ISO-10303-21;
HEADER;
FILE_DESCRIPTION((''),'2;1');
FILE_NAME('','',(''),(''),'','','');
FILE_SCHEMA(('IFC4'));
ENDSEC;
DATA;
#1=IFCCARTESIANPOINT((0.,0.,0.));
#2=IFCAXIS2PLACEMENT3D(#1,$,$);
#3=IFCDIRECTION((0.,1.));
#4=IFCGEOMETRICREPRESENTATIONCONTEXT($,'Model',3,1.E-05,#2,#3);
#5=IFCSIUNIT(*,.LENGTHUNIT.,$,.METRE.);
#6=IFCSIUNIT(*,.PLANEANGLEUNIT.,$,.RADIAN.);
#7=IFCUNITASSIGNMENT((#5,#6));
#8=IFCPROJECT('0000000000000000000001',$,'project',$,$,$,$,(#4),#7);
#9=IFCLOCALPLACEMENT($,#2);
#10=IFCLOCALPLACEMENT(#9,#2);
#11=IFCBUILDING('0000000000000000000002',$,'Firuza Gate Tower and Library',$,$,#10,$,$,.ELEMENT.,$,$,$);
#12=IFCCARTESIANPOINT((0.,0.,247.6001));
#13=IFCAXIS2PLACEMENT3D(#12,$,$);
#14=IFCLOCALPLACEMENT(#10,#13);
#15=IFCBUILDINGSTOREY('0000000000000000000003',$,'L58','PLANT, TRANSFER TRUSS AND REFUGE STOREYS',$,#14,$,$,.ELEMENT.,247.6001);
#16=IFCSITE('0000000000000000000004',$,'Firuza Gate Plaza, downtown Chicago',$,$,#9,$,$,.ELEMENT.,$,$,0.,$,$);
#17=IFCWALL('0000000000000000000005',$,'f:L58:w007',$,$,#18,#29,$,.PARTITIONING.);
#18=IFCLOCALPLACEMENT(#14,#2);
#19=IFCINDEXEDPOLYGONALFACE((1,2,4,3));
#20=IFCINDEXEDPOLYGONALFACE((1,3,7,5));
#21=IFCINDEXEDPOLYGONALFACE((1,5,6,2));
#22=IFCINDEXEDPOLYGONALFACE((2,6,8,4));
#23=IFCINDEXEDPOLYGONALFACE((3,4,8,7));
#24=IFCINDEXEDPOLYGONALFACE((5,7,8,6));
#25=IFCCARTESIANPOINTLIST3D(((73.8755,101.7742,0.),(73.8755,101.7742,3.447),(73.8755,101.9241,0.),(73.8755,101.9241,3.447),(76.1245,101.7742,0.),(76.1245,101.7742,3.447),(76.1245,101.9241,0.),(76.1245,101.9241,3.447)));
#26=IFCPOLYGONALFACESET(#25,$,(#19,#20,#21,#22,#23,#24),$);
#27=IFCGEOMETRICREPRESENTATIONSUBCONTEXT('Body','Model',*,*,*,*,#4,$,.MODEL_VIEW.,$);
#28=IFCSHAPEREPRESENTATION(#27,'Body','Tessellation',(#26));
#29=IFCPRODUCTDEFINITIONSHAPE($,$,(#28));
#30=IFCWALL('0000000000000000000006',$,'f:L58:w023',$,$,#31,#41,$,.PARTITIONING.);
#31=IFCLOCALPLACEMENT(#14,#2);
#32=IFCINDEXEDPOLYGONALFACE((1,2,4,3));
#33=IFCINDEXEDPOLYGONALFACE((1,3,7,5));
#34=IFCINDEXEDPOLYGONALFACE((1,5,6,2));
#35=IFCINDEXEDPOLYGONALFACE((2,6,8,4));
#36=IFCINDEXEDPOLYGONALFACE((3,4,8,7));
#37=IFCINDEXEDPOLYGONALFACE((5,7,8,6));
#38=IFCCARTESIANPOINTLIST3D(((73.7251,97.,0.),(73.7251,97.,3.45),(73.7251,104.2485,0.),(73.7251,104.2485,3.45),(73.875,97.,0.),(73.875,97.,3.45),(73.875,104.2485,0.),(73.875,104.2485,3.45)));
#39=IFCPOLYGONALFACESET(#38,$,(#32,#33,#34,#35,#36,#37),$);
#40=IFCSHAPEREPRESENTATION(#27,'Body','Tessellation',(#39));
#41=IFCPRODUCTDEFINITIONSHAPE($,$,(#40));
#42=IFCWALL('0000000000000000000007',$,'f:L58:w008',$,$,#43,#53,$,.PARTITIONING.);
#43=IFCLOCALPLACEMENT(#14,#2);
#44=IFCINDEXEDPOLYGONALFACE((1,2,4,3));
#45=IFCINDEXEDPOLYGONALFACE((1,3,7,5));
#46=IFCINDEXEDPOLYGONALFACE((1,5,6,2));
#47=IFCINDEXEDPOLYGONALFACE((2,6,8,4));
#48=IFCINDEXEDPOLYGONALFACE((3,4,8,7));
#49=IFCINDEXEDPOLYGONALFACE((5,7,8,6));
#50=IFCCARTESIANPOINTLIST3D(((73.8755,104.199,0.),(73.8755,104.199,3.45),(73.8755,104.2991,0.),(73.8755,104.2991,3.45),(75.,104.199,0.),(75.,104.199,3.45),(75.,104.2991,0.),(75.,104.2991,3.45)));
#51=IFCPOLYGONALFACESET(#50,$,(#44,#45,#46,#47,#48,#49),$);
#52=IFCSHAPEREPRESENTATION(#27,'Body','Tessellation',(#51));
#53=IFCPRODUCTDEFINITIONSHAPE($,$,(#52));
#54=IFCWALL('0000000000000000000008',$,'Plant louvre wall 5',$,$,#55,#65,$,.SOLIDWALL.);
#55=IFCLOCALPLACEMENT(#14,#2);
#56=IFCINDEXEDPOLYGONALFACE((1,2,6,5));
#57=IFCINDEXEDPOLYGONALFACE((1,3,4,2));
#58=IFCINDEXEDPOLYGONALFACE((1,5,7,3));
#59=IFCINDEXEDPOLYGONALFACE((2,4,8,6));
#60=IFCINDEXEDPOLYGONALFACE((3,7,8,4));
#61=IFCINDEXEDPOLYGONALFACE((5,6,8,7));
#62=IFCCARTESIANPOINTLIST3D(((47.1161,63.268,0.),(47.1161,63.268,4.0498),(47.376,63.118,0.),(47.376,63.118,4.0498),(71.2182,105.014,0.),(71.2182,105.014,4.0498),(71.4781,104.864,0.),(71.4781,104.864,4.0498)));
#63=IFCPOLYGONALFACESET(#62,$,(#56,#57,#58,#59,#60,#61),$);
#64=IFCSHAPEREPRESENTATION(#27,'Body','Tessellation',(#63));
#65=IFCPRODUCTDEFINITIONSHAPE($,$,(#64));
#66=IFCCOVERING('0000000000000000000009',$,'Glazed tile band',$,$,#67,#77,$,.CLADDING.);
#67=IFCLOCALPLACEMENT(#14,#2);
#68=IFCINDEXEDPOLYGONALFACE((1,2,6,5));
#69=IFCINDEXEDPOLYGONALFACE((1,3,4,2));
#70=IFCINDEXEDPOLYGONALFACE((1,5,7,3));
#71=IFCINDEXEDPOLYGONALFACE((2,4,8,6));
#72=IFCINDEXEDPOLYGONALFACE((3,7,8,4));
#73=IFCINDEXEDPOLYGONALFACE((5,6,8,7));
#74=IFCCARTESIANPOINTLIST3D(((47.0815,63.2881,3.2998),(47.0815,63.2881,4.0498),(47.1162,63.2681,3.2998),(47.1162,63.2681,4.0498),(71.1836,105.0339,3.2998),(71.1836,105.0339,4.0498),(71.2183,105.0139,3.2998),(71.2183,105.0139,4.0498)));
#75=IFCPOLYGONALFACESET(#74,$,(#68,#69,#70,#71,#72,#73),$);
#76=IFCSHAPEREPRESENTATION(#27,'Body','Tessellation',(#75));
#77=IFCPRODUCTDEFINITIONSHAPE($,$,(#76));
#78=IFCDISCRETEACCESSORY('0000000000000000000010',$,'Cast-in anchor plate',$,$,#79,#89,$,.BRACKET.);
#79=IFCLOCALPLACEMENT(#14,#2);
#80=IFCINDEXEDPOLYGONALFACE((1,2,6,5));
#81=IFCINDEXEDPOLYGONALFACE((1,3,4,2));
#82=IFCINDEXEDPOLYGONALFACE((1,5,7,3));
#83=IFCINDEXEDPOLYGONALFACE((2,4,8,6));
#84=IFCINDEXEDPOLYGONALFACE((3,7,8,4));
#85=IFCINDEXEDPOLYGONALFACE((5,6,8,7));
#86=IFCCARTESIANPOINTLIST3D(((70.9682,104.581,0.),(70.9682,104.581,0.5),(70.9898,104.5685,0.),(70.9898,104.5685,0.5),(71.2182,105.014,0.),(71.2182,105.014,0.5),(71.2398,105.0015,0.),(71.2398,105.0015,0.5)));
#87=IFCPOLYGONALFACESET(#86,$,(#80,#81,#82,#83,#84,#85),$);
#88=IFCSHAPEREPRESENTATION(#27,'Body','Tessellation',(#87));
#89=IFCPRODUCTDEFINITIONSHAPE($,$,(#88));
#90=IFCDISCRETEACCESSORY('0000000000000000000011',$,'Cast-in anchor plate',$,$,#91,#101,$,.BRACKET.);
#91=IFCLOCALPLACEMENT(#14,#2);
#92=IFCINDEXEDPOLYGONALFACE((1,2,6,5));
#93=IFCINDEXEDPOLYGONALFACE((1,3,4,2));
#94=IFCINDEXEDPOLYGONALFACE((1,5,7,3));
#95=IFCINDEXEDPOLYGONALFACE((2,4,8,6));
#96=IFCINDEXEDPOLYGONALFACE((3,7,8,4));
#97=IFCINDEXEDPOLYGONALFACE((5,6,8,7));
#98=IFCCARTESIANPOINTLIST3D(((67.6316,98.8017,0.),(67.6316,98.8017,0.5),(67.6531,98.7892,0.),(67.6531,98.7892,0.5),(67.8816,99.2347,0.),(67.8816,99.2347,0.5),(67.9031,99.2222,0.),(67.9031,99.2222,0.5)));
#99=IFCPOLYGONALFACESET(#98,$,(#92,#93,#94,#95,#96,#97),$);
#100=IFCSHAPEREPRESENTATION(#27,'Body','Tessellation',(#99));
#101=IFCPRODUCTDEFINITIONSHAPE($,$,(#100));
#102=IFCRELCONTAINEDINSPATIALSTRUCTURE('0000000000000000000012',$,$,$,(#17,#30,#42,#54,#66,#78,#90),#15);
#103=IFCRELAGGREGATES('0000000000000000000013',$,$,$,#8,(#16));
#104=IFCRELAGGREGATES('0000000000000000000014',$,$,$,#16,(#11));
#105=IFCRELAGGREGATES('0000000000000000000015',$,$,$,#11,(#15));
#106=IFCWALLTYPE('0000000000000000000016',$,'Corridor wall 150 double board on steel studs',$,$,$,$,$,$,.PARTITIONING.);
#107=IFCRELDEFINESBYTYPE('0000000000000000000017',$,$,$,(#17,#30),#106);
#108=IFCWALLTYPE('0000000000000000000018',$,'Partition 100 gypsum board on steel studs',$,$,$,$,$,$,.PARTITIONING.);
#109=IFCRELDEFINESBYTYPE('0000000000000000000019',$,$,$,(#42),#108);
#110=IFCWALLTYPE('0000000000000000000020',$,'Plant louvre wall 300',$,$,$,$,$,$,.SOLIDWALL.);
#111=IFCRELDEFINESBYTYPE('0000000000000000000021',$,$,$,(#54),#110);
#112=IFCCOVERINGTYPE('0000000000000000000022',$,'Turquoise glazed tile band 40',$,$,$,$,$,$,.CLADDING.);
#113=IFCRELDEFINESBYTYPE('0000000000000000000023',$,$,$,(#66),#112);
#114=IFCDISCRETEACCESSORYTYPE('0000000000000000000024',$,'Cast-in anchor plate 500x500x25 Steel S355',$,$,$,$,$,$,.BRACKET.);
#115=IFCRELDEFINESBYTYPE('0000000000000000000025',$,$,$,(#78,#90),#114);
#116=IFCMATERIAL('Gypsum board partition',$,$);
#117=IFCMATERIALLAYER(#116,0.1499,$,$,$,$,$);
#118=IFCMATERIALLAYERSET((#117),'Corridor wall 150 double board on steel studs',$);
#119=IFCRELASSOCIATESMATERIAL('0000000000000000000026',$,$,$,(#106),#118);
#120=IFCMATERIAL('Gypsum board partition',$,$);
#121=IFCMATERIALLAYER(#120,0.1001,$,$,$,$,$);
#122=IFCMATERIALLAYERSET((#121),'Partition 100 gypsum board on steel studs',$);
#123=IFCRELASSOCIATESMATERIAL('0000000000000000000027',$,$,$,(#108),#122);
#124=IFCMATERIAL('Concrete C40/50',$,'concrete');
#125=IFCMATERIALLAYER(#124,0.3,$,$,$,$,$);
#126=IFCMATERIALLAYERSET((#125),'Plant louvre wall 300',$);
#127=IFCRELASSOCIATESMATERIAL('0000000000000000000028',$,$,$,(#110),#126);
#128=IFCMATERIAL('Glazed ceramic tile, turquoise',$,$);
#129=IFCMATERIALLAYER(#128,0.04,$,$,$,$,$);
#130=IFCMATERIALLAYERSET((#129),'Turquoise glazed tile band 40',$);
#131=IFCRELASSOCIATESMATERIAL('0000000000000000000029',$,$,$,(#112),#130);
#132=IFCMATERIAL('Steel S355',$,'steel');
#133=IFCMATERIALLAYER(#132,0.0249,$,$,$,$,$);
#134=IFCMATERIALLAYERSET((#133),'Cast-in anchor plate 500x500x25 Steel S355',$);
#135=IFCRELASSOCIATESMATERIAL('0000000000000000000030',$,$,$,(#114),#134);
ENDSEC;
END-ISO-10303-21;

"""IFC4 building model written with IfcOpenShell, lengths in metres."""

from ifc_helpers import new_model, si_unit, direction, frame, frame_2d, origin, origin_2d, place, context, subcontext, project, spatial, polyline, rectangle, outline, extrude, material, layer, layer_set, type_object, element, save


model = new_model("IFC4")

# Units and contexts
model_context = context("Model", 3, precision=1e-05, world=origin(), true_north=direction((0.0, 1.0)))
body_context = subcontext(model_context, "Body", "Model", "MODEL_VIEW")
ifc_project = project(units=[si_unit("LENGTHUNIT", "METRE"), si_unit("PLANEANGLEUNIT", "RADIAN")], contexts=[model_context])

# Site, building, storey
site_placement = place(None, origin())
site = spatial("IfcSite", under=ifc_project, at=site_placement, Name="Firuza Gate Plaza, downtown Chicago", CompositionType="ELEMENT", RefElevation=0.0)
building_placement = place(site_placement, origin())
building = spatial("IfcBuilding", under=site, at=building_placement, Name="Firuza Gate Tower and Library", CompositionType="ELEMENT")
storey_placement = place(building_placement, frame((0.0, 0.0, 247.6001)))
storey = spatial("IfcBuildingStorey", under=building, at=storey_placement, Name="L58", Description="PLANT, TRANSFER TRUSS AND REFUGE STOREYS", CompositionType="ELEMENT", Elevation=247.6001)

# Shared definitions
ifc_material_1 = material(Name="Gypsum board partition")
ifc_layer_1 = layer(ifc_material_1, 0.1499)
ifc_layer_set_1 = layer_set([ifc_layer_1], Name="Corridor wall 150 double board on steel studs")
wall_type_1 = type_object("IfcWallType", Name="Corridor wall 150 double board on steel studs", PredefinedType="PARTITIONING", material=ifc_layer_set_1)

# Walls
wall_1_placement = place(storey_placement, frame((73.8755, 101.8491, 0.0), z_axis=(0.0, 0.0, 1.0), x_axis=(1.0, 0.0, 0.0)))
element("IfcWall", 1, at=wall_1_placement, inside=storey, type_object=wall_type_1, Name="f:L58:w007", PredefinedType="PARTITIONING", context=body_context, shape_type="SweptSolid", body=[
    extrude(rectangle(XDim=2.249, YDim=0.1499, at=frame_2d((1.1245, 0.0))), origin(), (0.0, 0.0, 1.0), 3.447),
])
wall_2_placement = place(storey_placement, frame((73.8, 97.0, 0.0), z_axis=(0.0, 0.0, 1.0), x_axis=(0.0, 1.0, 0.0)))
element("IfcWall", 2, at=wall_2_placement, inside=storey, type_object=wall_type_1, Name="f:L58:w023", PredefinedType="PARTITIONING", context=body_context, shape_type="SweptSolid", body=[
    extrude(rectangle(XDim=7.2485, YDim=0.1499, at=frame_2d((3.6243, 0.0))), origin(), (0.0, 0.0, 1.0), 3.45),
])
ifc_material_2 = material(Name="Gypsum board partition")
ifc_layer_2 = layer(ifc_material_2, 0.1001)
ifc_layer_set_2 = layer_set([ifc_layer_2], Name="Partition 100 gypsum board on steel studs")
wall_type_2 = type_object("IfcWallType", Name="Partition 100 gypsum board on steel studs", PredefinedType="PARTITIONING", material=ifc_layer_set_2)
wall_3_placement = place(storey_placement, frame((73.8755, 104.249, 0.0), z_axis=(0.0, 0.0, 1.0), x_axis=(1.0, 0.0, 0.0)))
element("IfcWall", 3, at=wall_3_placement, inside=storey, type_object=wall_type_2, Name="f:L58:w008", PredefinedType="PARTITIONING", context=body_context, shape_type="SweptSolid", body=[
    extrude(rectangle(XDim=1.1245, YDim=0.1001, at=frame_2d((0.5623, 0.0))), origin(), (0.0, 0.0, 1.0), 3.45),
])
ifc_material_3 = material(Name="Concrete C40/50", Category="concrete")
ifc_layer_3 = layer(ifc_material_3, 0.3)
ifc_layer_set_3 = layer_set([ifc_layer_3], Name="Plant louvre wall 300")
wall_type_3 = type_object("IfcWallType", Name="Plant louvre wall 300", PredefinedType="SOLIDWALL", material=ifc_layer_set_3)
wall_4_placement = place(storey_placement, frame((71.3481, 104.939, 0.0), z_axis=(0.0, 0.0, 1.0), x_axis=(-0.500001, -0.866025, 0.0)))
element("IfcWall", 4, at=wall_4_placement, inside=storey, type_object=wall_type_3, Name="Plant louvre wall 5", PredefinedType="SOLIDWALL", context=body_context, shape_type="SweptSolid", body=[
    extrude(rectangle(XDim=48.2041, YDim=0.3, at=frame_2d((24.1021, 0.0))), origin(), (0.0, 0.0, 1.0), 4.0498),
])

# Covering
ifc_material_4 = material(Name="Glazed ceramic tile, turquoise")
ifc_layer_4 = layer(ifc_material_4, 0.04)
ifc_layer_set_4 = layer_set([ifc_layer_4], Name="Turquoise glazed tile band 40")
covering_type = type_object("IfcCoveringType", Name="Turquoise glazed tile band 40", PredefinedType="CLADDING", material=ifc_layer_set_4)
covering_placement = place(storey_placement, frame((71.1836, 105.0339, 3.2998), z_axis=(-0.866025, 0.500001, 0.0), x_axis=(-0.500001, -0.866025, 0.0)))
element("IfcCovering", 5, at=covering_placement, inside=storey, type_object=covering_type, Name="Glazed tile band", PredefinedType="CLADDING", context=body_context, shape_type="SweptSolid", body=[
    extrude(outline(polyline([(0.0, 0.0), (48.204, 0.0), (48.204, 0.75), (0.0, 0.75), (0.0, 0.0)])), origin(), (0.0, 0.0, -1.0), 0.04),
])

# Discrete accessories
ifc_material_5 = material(Name="Steel S355", Category="steel")
ifc_layer_5 = layer(ifc_material_5, 0.0249)
ifc_layer_set_5 = layer_set([ifc_layer_5], Name="Cast-in anchor plate 500x500x25 Steel S355")
discrete_accessory_type = type_object("IfcDiscreteAccessoryType", Name="Cast-in anchor plate 500x500x25 Steel S355", PredefinedType="BRACKET", material=ifc_layer_set_5)
for number, where, z_axis, x_axis, name in (
    (6, (71.104, 104.7913, 0.0), (0.0, 0.0, 1.0), (-0.5, -0.866025, 0.0), "Cast-in anchor plate"),
    (7, (67.7673, 99.012, 0.0), (0.0, 0.0, 1.0), (-0.5, -0.866025, 0.0), "Cast-in anchor plate"),
):
    element("IfcDiscreteAccessory", number, at=place(storey_placement, frame(where, z_axis=z_axis, x_axis=x_axis)), inside=storey, type_object=discrete_accessory_type, Name=name, PredefinedType="BRACKET", context=body_context, shape_type="SweptSolid", body=[
        extrude(rectangle(XDim=0.5, YDim=0.0249, at=origin_2d()), origin(), (0.0, 0.0, 1.0), 0.5),
    ])

save(model, "model.ifc")
